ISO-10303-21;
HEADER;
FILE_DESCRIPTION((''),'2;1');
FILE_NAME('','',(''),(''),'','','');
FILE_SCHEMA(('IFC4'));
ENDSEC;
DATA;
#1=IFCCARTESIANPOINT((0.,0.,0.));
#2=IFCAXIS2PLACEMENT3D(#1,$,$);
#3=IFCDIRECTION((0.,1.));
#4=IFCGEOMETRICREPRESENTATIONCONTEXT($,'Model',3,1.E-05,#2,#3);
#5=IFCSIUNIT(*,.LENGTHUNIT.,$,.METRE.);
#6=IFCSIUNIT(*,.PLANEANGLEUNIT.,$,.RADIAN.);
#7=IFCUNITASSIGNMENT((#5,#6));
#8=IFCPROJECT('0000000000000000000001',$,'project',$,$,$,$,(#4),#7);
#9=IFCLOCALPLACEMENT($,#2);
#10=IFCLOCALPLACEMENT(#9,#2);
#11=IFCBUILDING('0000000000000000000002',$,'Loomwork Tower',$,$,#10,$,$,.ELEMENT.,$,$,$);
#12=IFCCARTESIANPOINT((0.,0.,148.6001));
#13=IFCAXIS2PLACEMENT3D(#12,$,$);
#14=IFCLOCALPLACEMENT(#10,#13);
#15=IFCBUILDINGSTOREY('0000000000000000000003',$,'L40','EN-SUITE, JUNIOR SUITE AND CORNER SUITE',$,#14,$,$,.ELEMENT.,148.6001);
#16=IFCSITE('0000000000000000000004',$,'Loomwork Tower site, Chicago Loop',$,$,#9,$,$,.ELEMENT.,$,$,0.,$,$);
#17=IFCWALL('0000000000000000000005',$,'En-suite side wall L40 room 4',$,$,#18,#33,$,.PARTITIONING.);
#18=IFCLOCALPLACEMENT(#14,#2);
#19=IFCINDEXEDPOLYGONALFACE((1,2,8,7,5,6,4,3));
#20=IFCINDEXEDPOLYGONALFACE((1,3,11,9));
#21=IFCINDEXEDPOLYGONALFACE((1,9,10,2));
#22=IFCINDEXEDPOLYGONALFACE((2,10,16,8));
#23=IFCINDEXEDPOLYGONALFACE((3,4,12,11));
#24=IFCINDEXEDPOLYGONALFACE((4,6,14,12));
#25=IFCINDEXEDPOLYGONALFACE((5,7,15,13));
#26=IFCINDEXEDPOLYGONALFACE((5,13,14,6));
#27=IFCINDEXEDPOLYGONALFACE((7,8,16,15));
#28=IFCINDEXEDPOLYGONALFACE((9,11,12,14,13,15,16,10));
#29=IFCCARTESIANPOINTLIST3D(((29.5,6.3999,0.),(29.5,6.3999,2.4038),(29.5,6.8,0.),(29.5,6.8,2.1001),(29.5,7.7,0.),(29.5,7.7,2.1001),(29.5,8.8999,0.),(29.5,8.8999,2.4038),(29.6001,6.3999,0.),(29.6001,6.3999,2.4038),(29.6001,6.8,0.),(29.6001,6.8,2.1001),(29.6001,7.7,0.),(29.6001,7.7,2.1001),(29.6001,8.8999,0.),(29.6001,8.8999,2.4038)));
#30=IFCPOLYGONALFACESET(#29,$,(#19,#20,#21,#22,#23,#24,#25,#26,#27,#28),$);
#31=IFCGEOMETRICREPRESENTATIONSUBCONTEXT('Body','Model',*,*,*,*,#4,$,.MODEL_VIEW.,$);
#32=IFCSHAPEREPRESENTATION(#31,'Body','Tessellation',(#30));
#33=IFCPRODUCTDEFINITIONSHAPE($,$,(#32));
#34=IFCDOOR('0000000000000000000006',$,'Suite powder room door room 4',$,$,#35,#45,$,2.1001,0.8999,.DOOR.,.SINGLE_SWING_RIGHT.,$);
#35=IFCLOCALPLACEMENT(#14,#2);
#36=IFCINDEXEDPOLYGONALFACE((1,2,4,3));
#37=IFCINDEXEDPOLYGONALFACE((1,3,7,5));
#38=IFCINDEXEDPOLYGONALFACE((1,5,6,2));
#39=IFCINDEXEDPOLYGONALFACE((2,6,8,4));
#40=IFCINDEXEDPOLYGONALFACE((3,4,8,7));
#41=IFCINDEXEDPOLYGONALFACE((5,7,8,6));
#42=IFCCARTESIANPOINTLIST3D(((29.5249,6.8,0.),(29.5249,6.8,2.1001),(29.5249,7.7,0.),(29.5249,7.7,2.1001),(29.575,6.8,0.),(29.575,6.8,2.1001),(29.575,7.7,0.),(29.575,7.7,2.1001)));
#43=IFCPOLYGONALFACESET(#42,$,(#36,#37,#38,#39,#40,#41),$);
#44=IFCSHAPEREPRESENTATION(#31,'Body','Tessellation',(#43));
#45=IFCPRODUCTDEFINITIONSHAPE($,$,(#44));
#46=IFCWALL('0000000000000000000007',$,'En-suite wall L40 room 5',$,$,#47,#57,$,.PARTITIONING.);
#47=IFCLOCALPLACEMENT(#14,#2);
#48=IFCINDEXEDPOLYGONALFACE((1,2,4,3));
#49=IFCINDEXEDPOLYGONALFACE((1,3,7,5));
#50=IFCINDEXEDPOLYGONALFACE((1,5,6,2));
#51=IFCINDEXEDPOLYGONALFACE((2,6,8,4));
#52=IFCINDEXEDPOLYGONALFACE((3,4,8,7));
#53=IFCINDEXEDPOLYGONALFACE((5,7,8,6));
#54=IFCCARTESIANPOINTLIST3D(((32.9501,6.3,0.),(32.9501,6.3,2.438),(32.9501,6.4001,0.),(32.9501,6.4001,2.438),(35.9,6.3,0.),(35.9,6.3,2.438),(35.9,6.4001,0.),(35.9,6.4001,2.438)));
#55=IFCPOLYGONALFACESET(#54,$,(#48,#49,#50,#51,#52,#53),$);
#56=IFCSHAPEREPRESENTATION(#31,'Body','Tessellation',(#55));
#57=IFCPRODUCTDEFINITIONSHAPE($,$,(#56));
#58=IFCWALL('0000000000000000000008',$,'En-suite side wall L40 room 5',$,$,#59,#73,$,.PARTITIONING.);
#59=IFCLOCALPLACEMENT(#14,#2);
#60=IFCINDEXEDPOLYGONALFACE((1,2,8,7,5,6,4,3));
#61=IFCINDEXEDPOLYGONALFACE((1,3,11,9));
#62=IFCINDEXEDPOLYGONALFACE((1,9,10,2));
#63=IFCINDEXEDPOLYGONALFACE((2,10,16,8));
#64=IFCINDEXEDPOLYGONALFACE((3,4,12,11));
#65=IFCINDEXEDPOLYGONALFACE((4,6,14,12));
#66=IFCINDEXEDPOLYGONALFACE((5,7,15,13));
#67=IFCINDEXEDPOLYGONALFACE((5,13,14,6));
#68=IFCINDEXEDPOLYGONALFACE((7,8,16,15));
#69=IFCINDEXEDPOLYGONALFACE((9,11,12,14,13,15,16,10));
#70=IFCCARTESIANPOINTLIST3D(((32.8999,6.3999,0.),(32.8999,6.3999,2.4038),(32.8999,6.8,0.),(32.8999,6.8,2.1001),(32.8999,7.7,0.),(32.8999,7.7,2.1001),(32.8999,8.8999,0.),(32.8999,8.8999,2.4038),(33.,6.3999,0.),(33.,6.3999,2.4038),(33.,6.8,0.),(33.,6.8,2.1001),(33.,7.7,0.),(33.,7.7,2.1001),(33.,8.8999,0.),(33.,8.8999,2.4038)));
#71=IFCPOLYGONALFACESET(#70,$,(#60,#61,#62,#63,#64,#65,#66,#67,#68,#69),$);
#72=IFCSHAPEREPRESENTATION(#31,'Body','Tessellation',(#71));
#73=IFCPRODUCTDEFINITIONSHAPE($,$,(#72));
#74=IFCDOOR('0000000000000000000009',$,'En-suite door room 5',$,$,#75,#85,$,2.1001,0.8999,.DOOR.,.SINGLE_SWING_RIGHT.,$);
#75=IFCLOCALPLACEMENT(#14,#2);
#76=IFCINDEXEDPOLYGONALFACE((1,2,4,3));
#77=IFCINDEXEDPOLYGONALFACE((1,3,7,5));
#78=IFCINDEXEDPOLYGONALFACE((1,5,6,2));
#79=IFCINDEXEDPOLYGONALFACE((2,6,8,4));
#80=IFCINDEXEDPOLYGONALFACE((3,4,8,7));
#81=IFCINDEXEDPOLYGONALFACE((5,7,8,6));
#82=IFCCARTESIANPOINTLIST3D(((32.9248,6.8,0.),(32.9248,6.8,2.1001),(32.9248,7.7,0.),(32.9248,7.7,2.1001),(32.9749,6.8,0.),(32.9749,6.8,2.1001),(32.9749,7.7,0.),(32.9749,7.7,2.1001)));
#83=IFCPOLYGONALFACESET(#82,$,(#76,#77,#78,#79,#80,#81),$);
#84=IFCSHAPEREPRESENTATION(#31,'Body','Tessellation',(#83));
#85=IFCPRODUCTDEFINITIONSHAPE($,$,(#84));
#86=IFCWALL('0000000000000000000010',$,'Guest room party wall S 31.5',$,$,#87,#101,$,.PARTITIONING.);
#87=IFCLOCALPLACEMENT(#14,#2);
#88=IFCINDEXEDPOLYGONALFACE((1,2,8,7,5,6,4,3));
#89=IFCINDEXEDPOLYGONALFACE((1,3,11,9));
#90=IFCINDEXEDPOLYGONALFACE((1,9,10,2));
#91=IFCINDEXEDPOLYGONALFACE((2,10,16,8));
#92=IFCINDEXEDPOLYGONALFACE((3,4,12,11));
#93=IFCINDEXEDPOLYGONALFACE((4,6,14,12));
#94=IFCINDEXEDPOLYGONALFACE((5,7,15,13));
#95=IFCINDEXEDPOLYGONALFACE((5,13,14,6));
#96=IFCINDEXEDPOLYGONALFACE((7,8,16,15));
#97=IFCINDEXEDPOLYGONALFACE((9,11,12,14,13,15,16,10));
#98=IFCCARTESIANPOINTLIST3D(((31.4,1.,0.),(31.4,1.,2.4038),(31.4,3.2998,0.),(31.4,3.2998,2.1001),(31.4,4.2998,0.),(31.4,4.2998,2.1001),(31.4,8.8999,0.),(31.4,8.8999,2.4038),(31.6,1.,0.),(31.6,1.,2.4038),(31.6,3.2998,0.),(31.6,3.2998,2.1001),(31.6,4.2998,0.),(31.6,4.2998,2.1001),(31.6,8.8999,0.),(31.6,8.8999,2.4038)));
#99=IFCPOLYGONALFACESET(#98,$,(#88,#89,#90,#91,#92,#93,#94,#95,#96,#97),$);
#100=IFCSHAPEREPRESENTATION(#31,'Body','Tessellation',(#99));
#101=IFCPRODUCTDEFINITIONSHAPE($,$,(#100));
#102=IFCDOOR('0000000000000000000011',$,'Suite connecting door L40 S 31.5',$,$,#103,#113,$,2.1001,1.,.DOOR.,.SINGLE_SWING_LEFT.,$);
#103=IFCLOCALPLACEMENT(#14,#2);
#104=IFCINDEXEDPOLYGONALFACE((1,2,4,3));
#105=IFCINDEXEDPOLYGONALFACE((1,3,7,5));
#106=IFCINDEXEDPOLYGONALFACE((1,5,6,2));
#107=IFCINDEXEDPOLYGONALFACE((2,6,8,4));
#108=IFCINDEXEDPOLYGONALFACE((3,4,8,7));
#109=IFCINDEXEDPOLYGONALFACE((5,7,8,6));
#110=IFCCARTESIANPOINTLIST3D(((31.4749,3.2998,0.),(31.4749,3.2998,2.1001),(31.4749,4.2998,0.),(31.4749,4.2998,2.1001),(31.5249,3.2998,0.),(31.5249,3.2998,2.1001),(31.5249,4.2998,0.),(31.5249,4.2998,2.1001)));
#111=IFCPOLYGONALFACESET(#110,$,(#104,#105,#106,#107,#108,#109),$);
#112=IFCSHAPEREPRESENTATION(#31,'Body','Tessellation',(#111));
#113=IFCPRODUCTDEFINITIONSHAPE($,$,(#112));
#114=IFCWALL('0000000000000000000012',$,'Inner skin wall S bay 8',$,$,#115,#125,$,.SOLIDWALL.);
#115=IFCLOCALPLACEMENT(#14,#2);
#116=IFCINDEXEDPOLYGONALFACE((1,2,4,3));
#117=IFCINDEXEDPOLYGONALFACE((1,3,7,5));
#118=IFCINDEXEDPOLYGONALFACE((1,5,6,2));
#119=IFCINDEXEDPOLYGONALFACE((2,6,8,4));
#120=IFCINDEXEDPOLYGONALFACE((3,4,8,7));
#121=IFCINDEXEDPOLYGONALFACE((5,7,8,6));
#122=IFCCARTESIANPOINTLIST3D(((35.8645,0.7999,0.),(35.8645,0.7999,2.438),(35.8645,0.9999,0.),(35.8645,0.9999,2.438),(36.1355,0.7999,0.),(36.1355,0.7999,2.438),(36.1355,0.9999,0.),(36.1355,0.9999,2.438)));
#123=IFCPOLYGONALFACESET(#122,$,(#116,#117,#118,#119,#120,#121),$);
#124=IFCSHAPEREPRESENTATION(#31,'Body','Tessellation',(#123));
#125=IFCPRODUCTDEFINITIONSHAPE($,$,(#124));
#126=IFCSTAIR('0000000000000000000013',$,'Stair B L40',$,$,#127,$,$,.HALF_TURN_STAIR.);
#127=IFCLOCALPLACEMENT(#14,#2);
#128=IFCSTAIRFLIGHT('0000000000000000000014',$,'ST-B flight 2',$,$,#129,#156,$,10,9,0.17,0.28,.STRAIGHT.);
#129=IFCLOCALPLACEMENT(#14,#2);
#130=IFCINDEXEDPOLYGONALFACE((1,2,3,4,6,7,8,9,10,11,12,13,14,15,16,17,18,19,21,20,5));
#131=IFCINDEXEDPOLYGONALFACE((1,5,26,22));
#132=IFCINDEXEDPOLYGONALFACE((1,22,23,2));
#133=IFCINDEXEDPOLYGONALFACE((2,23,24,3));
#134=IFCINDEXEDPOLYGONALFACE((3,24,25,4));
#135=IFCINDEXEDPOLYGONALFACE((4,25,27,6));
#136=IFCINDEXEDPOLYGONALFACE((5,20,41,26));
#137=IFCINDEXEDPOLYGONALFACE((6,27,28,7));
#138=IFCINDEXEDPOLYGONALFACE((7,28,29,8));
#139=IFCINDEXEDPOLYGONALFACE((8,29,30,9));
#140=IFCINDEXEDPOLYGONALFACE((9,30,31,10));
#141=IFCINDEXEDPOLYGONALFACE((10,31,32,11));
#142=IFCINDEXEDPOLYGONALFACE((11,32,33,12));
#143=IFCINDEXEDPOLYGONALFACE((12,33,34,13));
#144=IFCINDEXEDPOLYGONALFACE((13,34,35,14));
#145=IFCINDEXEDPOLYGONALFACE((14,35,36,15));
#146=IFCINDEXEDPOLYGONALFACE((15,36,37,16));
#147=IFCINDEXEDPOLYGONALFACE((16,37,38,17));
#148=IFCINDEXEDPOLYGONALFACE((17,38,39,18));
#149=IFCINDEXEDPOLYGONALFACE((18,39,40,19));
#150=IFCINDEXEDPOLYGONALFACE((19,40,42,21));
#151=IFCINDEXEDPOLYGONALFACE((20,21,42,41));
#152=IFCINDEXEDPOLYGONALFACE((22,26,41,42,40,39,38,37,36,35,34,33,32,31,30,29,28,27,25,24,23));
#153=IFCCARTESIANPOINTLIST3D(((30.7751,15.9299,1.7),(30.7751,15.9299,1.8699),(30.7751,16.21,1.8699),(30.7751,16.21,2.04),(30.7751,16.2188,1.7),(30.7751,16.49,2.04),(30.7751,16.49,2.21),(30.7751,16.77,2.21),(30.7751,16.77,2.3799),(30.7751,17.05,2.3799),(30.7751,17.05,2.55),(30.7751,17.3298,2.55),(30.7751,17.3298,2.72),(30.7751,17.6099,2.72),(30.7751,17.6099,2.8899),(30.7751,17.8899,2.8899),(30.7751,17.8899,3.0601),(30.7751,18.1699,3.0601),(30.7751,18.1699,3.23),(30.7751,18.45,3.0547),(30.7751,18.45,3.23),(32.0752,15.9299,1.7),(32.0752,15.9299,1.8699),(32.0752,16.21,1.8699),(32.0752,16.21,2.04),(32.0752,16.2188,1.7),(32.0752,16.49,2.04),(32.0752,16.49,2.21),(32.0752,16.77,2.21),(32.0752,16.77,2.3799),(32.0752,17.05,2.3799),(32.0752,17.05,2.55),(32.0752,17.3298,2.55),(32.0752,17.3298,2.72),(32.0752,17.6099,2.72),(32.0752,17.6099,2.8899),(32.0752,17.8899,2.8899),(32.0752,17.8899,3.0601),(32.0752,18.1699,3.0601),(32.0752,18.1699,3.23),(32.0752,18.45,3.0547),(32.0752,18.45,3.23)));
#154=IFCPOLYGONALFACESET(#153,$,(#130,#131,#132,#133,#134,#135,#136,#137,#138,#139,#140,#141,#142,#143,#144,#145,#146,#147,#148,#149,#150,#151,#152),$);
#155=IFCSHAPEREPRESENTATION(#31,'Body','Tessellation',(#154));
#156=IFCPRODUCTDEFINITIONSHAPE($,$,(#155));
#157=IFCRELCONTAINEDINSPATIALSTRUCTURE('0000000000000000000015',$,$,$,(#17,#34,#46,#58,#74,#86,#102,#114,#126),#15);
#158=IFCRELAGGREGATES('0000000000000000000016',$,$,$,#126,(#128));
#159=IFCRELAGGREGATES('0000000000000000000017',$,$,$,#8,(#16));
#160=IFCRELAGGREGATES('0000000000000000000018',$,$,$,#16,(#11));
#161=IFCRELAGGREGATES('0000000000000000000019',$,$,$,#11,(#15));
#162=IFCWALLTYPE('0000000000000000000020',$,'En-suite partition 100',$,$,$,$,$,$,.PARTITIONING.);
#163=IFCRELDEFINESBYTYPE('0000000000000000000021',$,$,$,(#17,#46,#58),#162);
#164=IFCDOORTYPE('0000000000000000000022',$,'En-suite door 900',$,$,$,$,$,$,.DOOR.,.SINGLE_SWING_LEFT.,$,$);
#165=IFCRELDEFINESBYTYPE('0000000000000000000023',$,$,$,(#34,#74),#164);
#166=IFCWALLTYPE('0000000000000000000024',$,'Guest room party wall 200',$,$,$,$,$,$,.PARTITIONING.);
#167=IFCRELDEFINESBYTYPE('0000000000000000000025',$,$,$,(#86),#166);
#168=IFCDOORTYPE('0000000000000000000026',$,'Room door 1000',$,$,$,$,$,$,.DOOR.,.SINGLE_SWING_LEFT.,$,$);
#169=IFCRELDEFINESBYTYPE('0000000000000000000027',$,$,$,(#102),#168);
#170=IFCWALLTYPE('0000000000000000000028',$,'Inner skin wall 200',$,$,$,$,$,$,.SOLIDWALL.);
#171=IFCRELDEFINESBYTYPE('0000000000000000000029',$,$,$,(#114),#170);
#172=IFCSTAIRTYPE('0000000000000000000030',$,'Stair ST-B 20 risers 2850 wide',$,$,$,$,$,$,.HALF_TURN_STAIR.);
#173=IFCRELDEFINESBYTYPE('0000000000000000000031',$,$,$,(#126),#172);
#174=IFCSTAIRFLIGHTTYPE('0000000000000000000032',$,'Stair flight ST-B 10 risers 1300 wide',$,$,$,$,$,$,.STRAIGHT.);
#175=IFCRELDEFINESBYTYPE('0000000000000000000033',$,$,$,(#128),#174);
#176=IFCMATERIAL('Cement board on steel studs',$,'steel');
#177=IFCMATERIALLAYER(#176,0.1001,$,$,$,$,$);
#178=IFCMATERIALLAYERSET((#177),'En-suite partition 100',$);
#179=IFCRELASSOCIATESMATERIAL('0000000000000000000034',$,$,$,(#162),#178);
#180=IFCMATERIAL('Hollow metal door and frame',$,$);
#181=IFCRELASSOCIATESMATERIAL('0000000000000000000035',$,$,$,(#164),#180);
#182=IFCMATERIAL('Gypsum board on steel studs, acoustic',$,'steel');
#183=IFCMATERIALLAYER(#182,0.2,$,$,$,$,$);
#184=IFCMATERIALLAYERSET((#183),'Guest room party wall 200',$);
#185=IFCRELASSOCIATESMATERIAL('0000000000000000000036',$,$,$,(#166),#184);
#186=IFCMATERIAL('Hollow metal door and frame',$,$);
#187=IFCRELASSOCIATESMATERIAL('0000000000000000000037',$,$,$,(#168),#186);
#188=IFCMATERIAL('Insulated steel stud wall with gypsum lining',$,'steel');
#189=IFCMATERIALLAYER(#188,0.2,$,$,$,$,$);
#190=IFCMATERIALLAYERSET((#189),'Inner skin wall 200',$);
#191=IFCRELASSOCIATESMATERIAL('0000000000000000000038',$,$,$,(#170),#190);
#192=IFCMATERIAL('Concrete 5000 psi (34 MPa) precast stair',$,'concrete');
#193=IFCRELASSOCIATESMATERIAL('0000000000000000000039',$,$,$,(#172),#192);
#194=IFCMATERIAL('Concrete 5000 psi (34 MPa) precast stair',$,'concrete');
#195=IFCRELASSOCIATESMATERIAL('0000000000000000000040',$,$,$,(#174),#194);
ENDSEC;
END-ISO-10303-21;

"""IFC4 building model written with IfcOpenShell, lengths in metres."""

from ifc_helpers import new_model, si_unit, direction, frame, frame_2d, origin, place, context, subcontext, project, spatial, polyline, rectangle, outline, extrude, material, layer, layer_set, type_object, element, fill, aggregate, save


model = new_model("IFC4")

# Units and contexts
model_context = context("Model", 3, precision=1e-05, world=origin(), true_north=direction((0.0, 1.0)))
body_context = subcontext(model_context, "Body", "Model", "MODEL_VIEW")
ifc_project = project(units=[si_unit("LENGTHUNIT", "METRE"), si_unit("PLANEANGLEUNIT", "RADIAN")], contexts=[model_context])

# Site, building, storey
site_placement = place(None, origin())
site = spatial("IfcSite", under=ifc_project, at=site_placement, Name="Loomwork Tower site, Chicago Loop", CompositionType="ELEMENT", RefElevation=0.0)
building_placement = place(site_placement, origin())
building = spatial("IfcBuilding", under=site, at=building_placement, Name="Loomwork Tower", CompositionType="ELEMENT")
storey_placement = place(building_placement, frame((0.0, 0.0, 148.6001)))
storey = spatial("IfcBuildingStorey", under=building, at=storey_placement, Name="L40", Description="EN-SUITE, JUNIOR SUITE AND CORNER SUITE", CompositionType="ELEMENT", Elevation=148.6001)

# Shared definitions
ifc_material_1 = material(Name="Cement board on steel studs", Category="steel")
ifc_layer_1 = layer(ifc_material_1, 0.1001)
ifc_layer_set_1 = layer_set([ifc_layer_1], Name="En-suite partition 100")
wall_type_1 = type_object("IfcWallType", Name="En-suite partition 100", PredefinedType="PARTITIONING", material=ifc_layer_set_1)

# Wall, opening, door
wall_1_placement = place(storey_placement, frame((29.55, 8.8999, 0.0), z_axis=(0.0, 0.0, 1.0), x_axis=(0.0, -1.0, 0.0)))
wall_1 = element("IfcWall", 1, at=wall_1_placement, inside=storey, type_object=wall_type_1, Name="En-suite side wall L40 room 4", PredefinedType="PARTITIONING", context=body_context, shape_type="SweptSolid", body=[
    extrude(rectangle(XDim=2.5, YDim=0.1001, at=frame_2d((1.25, 0.0))), origin(), (0.0, 0.0, 1.0), 2.4038),
])
opening_1_placement = place(wall_1_placement, frame((1.2, 0.0, 0.0)))
opening_1 = element("IfcOpeningElement", 2, at=opening_1_placement, cuts=wall_1, PredefinedType="OPENING", context=body_context, shape_type="SweptSolid", body=[
    extrude(rectangle(XDim=0.8999, YDim=2.1001, at=frame_2d((0.45, 1.05))), frame((0.0, 0.0601, 0.0), z_axis=(0.0, -1.0, 0.0), x_axis=(1.0, 0.0, 0.0)), (0.0, 0.0, 1.0), 0.1201),
])
ifc_material_2 = material(Name="Hollow metal door and frame")
door_type_1 = type_object("IfcDoorType", Name="En-suite door 900", OperationType="SINGLE_SWING_LEFT", PredefinedType="DOOR", material=ifc_material_2)
door_1_placement = place(opening_1_placement, origin())
door_1 = element("IfcDoor", 3, at=door_1_placement, inside=storey, type_object=door_type_1, Name="Suite powder room door room 4", OperationType="SINGLE_SWING_RIGHT", OverallHeight=2.1001, OverallWidth=0.8999, PredefinedType="DOOR", context=body_context, shape_type="SweptSolid", body=[
    extrude(rectangle(XDim=0.8999, YDim=2.1001, at=frame_2d((0.45, 1.05))), frame((0.0, 0.0249, 0.0), z_axis=(0.0, -1.0, 0.0), x_axis=(1.0, 0.0, 0.0)), (0.0, 0.0, 1.0), 0.05),
])
fill(opening_1, door_1)

# Wall
wall_2_placement = place(storey_placement, frame((32.95, 6.3501, 0.0), z_axis=(0.0, 0.0, 1.0), x_axis=(1.0, 0.0, 0.0)))
element("IfcWall", 4, at=wall_2_placement, inside=storey, type_object=wall_type_1, Name="En-suite wall L40 room 5", PredefinedType="PARTITIONING", context=body_context, shape_type="SweptSolid", body=[
    extrude(rectangle(XDim=2.95, YDim=0.1001, at=frame_2d((1.4751, 0.0))), origin(), (0.0, 0.0, 1.0), 2.438),
])

# Walls, openings, doors
wall_3_placement = place(storey_placement, frame((32.95, 8.8999, 0.0), z_axis=(0.0, 0.0, 1.0), x_axis=(0.0, -1.0, 0.0)))
wall_3 = element("IfcWall", 5, at=wall_3_placement, inside=storey, type_object=wall_type_1, Name="En-suite side wall L40 room 5", PredefinedType="PARTITIONING", context=body_context, shape_type="SweptSolid", body=[
    extrude(rectangle(XDim=2.5, YDim=0.1001, at=frame_2d((1.25, 0.0))), origin(), (0.0, 0.0, 1.0), 2.4038),
])
opening_2_placement = place(wall_3_placement, frame((1.2, 0.0, 0.0)))
opening_2 = element("IfcOpeningElement", 6, at=opening_2_placement, cuts=wall_3, PredefinedType="OPENING", context=body_context, shape_type="SweptSolid", body=[
    extrude(rectangle(XDim=0.8999, YDim=2.1001, at=frame_2d((0.45, 1.05))), frame((0.0, 0.0601, 0.0), z_axis=(0.0, -1.0, 0.0), x_axis=(1.0, 0.0, 0.0)), (0.0, 0.0, 1.0), 0.1201),
])
door_2_placement = place(opening_2_placement, origin())
door_2 = element("IfcDoor", 7, at=door_2_placement, inside=storey, type_object=door_type_1, Name="En-suite door room 5", OperationType="SINGLE_SWING_RIGHT", OverallHeight=2.1001, OverallWidth=0.8999, PredefinedType="DOOR", context=body_context, shape_type="SweptSolid", body=[
    extrude(rectangle(XDim=0.8999, YDim=2.1001, at=frame_2d((0.45, 1.05))), frame((0.0, 0.0249, 0.0), z_axis=(0.0, -1.0, 0.0), x_axis=(1.0, 0.0, 0.0)), (0.0, 0.0, 1.0), 0.05),
])
fill(opening_2, door_2)
ifc_material_3 = material(Name="Gypsum board on steel studs, acoustic", Category="steel")
ifc_layer_2 = layer(ifc_material_3, 0.2)
ifc_layer_set_2 = layer_set([ifc_layer_2], Name="Guest room party wall 200")
wall_type_2 = type_object("IfcWallType", Name="Guest room party wall 200", PredefinedType="PARTITIONING", material=ifc_layer_set_2)
wall_4_placement = place(storey_placement, frame((31.5, 8.8999, 0.0), z_axis=(0.0, 0.0, 1.0), x_axis=(0.0, -1.0, 0.0)))
wall_4 = element("IfcWall", 8, at=wall_4_placement, inside=storey, type_object=wall_type_2, Name="Guest room party wall S 31.5", PredefinedType="PARTITIONING", context=body_context, shape_type="SweptSolid", body=[
    extrude(rectangle(XDim=7.8999, YDim=0.2, at=frame_2d((3.95, 0.0))), origin(), (0.0, 0.0, 1.0), 2.4038),
])
opening_3_placement = place(wall_4_placement, frame((4.6001, 0.0, 0.0)))
opening_3 = element("IfcOpeningElement", 9, at=opening_3_placement, cuts=wall_4, PredefinedType="OPENING", context=body_context, shape_type="SweptSolid", body=[
    extrude(rectangle(XDim=1.0, YDim=2.1001, at=frame_2d((0.5, 1.05))), frame((0.0, 0.1099, 0.0), z_axis=(0.0, -1.0, 0.0), x_axis=(1.0, 0.0, 0.0)), (0.0, 0.0, 1.0), 0.22),
])
ifc_material_4 = material(Name="Hollow metal door and frame")
door_type_2 = type_object("IfcDoorType", Name="Room door 1000", OperationType="SINGLE_SWING_LEFT", PredefinedType="DOOR", material=ifc_material_4)
door_3_placement = place(opening_3_placement, origin())
door_3 = element("IfcDoor", 10, at=door_3_placement, inside=storey, type_object=door_type_2, Name="Suite connecting door L40 S 31.5", OperationType="SINGLE_SWING_LEFT", OverallHeight=2.1001, OverallWidth=1.0, PredefinedType="DOOR", context=body_context, shape_type="SweptSolid", body=[
    extrude(rectangle(XDim=1.0, YDim=2.1001, at=frame_2d((0.5, 1.05))), frame((0.0, 0.0249, 0.0), z_axis=(0.0, -1.0, 0.0), x_axis=(1.0, 0.0, 0.0)), (0.0, 0.0, 1.0), 0.05),
])
fill(opening_3, door_3)

# Wall
ifc_material_5 = material(Name="Insulated steel stud wall with gypsum lining", Category="steel")
ifc_layer_3 = layer(ifc_material_5, 0.2)
ifc_layer_set_3 = layer_set([ifc_layer_3], Name="Inner skin wall 200")
wall_type_3 = type_object("IfcWallType", Name="Inner skin wall 200", PredefinedType="SOLIDWALL", material=ifc_layer_set_3)
wall_5_placement = place(storey_placement, frame((35.8645, 0.8999, 0.0), z_axis=(0.0, 0.0, 1.0), x_axis=(1.0, 0.0, 0.0)))
element("IfcWall", 11, at=wall_5_placement, inside=storey, type_object=wall_type_3, Name="Inner skin wall S bay 8", PredefinedType="SOLIDWALL", context=body_context, shape_type="SweptSolid", body=[
    extrude(rectangle(XDim=0.271, YDim=0.2, at=frame_2d((0.1355, 0.0))), origin(), (0.0, 0.0, 1.0), 2.438),
])

# Stair, stair flight
ifc_material_6 = material(Name="Concrete 5000 psi (34 MPa) precast stair", Category="concrete")
stair_type = type_object("IfcStairType", Name="Stair ST-B 20 risers 2850 wide", PredefinedType="HALF_TURN_STAIR", material=ifc_material_6)
stair_placement = place(storey_placement, origin())
stair = element("IfcStair", 12, at=stair_placement, inside=storey, type_object=stair_type, Name="Stair B L40", PredefinedType="HALF_TURN_STAIR")
ifc_material_7 = material(Name="Concrete 5000 psi (34 MPa) precast stair", Category="concrete")
stair_flight_type = type_object("IfcStairFlightType", Name="Stair flight ST-B 10 risers 1300 wide", PredefinedType="STRAIGHT", material=ifc_material_7)
stair_flight_placement = place(storey_placement, frame((31.425, 15.9299, 1.7), z_axis=(0.0, 0.0, 1.0), x_axis=(0.0, 1.0, 0.0)))
stair_flight = element("IfcStairFlight", 13, at=stair_flight_placement, type_object=stair_flight_type, Name="ST-B flight 2", NumberOfRisers=10, NumberOfTreads=9, PredefinedType="STRAIGHT", RiserHeight=0.17, TreadLength=0.28, context=body_context, shape_type="SweptSolid", body=[
    extrude(outline(polyline([(0.0, 0.0), (0.0, 0.1699), (0.28, 0.1699), (0.28, 0.3401), (0.5601, 0.3401), (0.5601, 0.51), (0.8401, 0.51), (0.8401, 0.6799), (1.1201, 0.6799), (1.1201, 0.8501), (1.3999, 0.8501), (1.3999, 1.02), (1.6799, 1.02), (1.6799, 1.1899), (1.96, 1.1899), (1.96, 1.3601), (2.24, 1.3601), (2.24, 1.53), (2.52, 1.53), (2.52, 1.7), (2.52, 1.3547), (0.2888, 0.0), (0.0, 0.0)])), frame((0.0, 0.6499, 0.0), z_axis=(0.0, -1.0, 0.0), x_axis=(1.0, 0.0, 0.0)), (0.0, 0.0, 1.0), 1.3),
])
aggregate(stair, [stair_flight])

save(model, "model.ifc")
